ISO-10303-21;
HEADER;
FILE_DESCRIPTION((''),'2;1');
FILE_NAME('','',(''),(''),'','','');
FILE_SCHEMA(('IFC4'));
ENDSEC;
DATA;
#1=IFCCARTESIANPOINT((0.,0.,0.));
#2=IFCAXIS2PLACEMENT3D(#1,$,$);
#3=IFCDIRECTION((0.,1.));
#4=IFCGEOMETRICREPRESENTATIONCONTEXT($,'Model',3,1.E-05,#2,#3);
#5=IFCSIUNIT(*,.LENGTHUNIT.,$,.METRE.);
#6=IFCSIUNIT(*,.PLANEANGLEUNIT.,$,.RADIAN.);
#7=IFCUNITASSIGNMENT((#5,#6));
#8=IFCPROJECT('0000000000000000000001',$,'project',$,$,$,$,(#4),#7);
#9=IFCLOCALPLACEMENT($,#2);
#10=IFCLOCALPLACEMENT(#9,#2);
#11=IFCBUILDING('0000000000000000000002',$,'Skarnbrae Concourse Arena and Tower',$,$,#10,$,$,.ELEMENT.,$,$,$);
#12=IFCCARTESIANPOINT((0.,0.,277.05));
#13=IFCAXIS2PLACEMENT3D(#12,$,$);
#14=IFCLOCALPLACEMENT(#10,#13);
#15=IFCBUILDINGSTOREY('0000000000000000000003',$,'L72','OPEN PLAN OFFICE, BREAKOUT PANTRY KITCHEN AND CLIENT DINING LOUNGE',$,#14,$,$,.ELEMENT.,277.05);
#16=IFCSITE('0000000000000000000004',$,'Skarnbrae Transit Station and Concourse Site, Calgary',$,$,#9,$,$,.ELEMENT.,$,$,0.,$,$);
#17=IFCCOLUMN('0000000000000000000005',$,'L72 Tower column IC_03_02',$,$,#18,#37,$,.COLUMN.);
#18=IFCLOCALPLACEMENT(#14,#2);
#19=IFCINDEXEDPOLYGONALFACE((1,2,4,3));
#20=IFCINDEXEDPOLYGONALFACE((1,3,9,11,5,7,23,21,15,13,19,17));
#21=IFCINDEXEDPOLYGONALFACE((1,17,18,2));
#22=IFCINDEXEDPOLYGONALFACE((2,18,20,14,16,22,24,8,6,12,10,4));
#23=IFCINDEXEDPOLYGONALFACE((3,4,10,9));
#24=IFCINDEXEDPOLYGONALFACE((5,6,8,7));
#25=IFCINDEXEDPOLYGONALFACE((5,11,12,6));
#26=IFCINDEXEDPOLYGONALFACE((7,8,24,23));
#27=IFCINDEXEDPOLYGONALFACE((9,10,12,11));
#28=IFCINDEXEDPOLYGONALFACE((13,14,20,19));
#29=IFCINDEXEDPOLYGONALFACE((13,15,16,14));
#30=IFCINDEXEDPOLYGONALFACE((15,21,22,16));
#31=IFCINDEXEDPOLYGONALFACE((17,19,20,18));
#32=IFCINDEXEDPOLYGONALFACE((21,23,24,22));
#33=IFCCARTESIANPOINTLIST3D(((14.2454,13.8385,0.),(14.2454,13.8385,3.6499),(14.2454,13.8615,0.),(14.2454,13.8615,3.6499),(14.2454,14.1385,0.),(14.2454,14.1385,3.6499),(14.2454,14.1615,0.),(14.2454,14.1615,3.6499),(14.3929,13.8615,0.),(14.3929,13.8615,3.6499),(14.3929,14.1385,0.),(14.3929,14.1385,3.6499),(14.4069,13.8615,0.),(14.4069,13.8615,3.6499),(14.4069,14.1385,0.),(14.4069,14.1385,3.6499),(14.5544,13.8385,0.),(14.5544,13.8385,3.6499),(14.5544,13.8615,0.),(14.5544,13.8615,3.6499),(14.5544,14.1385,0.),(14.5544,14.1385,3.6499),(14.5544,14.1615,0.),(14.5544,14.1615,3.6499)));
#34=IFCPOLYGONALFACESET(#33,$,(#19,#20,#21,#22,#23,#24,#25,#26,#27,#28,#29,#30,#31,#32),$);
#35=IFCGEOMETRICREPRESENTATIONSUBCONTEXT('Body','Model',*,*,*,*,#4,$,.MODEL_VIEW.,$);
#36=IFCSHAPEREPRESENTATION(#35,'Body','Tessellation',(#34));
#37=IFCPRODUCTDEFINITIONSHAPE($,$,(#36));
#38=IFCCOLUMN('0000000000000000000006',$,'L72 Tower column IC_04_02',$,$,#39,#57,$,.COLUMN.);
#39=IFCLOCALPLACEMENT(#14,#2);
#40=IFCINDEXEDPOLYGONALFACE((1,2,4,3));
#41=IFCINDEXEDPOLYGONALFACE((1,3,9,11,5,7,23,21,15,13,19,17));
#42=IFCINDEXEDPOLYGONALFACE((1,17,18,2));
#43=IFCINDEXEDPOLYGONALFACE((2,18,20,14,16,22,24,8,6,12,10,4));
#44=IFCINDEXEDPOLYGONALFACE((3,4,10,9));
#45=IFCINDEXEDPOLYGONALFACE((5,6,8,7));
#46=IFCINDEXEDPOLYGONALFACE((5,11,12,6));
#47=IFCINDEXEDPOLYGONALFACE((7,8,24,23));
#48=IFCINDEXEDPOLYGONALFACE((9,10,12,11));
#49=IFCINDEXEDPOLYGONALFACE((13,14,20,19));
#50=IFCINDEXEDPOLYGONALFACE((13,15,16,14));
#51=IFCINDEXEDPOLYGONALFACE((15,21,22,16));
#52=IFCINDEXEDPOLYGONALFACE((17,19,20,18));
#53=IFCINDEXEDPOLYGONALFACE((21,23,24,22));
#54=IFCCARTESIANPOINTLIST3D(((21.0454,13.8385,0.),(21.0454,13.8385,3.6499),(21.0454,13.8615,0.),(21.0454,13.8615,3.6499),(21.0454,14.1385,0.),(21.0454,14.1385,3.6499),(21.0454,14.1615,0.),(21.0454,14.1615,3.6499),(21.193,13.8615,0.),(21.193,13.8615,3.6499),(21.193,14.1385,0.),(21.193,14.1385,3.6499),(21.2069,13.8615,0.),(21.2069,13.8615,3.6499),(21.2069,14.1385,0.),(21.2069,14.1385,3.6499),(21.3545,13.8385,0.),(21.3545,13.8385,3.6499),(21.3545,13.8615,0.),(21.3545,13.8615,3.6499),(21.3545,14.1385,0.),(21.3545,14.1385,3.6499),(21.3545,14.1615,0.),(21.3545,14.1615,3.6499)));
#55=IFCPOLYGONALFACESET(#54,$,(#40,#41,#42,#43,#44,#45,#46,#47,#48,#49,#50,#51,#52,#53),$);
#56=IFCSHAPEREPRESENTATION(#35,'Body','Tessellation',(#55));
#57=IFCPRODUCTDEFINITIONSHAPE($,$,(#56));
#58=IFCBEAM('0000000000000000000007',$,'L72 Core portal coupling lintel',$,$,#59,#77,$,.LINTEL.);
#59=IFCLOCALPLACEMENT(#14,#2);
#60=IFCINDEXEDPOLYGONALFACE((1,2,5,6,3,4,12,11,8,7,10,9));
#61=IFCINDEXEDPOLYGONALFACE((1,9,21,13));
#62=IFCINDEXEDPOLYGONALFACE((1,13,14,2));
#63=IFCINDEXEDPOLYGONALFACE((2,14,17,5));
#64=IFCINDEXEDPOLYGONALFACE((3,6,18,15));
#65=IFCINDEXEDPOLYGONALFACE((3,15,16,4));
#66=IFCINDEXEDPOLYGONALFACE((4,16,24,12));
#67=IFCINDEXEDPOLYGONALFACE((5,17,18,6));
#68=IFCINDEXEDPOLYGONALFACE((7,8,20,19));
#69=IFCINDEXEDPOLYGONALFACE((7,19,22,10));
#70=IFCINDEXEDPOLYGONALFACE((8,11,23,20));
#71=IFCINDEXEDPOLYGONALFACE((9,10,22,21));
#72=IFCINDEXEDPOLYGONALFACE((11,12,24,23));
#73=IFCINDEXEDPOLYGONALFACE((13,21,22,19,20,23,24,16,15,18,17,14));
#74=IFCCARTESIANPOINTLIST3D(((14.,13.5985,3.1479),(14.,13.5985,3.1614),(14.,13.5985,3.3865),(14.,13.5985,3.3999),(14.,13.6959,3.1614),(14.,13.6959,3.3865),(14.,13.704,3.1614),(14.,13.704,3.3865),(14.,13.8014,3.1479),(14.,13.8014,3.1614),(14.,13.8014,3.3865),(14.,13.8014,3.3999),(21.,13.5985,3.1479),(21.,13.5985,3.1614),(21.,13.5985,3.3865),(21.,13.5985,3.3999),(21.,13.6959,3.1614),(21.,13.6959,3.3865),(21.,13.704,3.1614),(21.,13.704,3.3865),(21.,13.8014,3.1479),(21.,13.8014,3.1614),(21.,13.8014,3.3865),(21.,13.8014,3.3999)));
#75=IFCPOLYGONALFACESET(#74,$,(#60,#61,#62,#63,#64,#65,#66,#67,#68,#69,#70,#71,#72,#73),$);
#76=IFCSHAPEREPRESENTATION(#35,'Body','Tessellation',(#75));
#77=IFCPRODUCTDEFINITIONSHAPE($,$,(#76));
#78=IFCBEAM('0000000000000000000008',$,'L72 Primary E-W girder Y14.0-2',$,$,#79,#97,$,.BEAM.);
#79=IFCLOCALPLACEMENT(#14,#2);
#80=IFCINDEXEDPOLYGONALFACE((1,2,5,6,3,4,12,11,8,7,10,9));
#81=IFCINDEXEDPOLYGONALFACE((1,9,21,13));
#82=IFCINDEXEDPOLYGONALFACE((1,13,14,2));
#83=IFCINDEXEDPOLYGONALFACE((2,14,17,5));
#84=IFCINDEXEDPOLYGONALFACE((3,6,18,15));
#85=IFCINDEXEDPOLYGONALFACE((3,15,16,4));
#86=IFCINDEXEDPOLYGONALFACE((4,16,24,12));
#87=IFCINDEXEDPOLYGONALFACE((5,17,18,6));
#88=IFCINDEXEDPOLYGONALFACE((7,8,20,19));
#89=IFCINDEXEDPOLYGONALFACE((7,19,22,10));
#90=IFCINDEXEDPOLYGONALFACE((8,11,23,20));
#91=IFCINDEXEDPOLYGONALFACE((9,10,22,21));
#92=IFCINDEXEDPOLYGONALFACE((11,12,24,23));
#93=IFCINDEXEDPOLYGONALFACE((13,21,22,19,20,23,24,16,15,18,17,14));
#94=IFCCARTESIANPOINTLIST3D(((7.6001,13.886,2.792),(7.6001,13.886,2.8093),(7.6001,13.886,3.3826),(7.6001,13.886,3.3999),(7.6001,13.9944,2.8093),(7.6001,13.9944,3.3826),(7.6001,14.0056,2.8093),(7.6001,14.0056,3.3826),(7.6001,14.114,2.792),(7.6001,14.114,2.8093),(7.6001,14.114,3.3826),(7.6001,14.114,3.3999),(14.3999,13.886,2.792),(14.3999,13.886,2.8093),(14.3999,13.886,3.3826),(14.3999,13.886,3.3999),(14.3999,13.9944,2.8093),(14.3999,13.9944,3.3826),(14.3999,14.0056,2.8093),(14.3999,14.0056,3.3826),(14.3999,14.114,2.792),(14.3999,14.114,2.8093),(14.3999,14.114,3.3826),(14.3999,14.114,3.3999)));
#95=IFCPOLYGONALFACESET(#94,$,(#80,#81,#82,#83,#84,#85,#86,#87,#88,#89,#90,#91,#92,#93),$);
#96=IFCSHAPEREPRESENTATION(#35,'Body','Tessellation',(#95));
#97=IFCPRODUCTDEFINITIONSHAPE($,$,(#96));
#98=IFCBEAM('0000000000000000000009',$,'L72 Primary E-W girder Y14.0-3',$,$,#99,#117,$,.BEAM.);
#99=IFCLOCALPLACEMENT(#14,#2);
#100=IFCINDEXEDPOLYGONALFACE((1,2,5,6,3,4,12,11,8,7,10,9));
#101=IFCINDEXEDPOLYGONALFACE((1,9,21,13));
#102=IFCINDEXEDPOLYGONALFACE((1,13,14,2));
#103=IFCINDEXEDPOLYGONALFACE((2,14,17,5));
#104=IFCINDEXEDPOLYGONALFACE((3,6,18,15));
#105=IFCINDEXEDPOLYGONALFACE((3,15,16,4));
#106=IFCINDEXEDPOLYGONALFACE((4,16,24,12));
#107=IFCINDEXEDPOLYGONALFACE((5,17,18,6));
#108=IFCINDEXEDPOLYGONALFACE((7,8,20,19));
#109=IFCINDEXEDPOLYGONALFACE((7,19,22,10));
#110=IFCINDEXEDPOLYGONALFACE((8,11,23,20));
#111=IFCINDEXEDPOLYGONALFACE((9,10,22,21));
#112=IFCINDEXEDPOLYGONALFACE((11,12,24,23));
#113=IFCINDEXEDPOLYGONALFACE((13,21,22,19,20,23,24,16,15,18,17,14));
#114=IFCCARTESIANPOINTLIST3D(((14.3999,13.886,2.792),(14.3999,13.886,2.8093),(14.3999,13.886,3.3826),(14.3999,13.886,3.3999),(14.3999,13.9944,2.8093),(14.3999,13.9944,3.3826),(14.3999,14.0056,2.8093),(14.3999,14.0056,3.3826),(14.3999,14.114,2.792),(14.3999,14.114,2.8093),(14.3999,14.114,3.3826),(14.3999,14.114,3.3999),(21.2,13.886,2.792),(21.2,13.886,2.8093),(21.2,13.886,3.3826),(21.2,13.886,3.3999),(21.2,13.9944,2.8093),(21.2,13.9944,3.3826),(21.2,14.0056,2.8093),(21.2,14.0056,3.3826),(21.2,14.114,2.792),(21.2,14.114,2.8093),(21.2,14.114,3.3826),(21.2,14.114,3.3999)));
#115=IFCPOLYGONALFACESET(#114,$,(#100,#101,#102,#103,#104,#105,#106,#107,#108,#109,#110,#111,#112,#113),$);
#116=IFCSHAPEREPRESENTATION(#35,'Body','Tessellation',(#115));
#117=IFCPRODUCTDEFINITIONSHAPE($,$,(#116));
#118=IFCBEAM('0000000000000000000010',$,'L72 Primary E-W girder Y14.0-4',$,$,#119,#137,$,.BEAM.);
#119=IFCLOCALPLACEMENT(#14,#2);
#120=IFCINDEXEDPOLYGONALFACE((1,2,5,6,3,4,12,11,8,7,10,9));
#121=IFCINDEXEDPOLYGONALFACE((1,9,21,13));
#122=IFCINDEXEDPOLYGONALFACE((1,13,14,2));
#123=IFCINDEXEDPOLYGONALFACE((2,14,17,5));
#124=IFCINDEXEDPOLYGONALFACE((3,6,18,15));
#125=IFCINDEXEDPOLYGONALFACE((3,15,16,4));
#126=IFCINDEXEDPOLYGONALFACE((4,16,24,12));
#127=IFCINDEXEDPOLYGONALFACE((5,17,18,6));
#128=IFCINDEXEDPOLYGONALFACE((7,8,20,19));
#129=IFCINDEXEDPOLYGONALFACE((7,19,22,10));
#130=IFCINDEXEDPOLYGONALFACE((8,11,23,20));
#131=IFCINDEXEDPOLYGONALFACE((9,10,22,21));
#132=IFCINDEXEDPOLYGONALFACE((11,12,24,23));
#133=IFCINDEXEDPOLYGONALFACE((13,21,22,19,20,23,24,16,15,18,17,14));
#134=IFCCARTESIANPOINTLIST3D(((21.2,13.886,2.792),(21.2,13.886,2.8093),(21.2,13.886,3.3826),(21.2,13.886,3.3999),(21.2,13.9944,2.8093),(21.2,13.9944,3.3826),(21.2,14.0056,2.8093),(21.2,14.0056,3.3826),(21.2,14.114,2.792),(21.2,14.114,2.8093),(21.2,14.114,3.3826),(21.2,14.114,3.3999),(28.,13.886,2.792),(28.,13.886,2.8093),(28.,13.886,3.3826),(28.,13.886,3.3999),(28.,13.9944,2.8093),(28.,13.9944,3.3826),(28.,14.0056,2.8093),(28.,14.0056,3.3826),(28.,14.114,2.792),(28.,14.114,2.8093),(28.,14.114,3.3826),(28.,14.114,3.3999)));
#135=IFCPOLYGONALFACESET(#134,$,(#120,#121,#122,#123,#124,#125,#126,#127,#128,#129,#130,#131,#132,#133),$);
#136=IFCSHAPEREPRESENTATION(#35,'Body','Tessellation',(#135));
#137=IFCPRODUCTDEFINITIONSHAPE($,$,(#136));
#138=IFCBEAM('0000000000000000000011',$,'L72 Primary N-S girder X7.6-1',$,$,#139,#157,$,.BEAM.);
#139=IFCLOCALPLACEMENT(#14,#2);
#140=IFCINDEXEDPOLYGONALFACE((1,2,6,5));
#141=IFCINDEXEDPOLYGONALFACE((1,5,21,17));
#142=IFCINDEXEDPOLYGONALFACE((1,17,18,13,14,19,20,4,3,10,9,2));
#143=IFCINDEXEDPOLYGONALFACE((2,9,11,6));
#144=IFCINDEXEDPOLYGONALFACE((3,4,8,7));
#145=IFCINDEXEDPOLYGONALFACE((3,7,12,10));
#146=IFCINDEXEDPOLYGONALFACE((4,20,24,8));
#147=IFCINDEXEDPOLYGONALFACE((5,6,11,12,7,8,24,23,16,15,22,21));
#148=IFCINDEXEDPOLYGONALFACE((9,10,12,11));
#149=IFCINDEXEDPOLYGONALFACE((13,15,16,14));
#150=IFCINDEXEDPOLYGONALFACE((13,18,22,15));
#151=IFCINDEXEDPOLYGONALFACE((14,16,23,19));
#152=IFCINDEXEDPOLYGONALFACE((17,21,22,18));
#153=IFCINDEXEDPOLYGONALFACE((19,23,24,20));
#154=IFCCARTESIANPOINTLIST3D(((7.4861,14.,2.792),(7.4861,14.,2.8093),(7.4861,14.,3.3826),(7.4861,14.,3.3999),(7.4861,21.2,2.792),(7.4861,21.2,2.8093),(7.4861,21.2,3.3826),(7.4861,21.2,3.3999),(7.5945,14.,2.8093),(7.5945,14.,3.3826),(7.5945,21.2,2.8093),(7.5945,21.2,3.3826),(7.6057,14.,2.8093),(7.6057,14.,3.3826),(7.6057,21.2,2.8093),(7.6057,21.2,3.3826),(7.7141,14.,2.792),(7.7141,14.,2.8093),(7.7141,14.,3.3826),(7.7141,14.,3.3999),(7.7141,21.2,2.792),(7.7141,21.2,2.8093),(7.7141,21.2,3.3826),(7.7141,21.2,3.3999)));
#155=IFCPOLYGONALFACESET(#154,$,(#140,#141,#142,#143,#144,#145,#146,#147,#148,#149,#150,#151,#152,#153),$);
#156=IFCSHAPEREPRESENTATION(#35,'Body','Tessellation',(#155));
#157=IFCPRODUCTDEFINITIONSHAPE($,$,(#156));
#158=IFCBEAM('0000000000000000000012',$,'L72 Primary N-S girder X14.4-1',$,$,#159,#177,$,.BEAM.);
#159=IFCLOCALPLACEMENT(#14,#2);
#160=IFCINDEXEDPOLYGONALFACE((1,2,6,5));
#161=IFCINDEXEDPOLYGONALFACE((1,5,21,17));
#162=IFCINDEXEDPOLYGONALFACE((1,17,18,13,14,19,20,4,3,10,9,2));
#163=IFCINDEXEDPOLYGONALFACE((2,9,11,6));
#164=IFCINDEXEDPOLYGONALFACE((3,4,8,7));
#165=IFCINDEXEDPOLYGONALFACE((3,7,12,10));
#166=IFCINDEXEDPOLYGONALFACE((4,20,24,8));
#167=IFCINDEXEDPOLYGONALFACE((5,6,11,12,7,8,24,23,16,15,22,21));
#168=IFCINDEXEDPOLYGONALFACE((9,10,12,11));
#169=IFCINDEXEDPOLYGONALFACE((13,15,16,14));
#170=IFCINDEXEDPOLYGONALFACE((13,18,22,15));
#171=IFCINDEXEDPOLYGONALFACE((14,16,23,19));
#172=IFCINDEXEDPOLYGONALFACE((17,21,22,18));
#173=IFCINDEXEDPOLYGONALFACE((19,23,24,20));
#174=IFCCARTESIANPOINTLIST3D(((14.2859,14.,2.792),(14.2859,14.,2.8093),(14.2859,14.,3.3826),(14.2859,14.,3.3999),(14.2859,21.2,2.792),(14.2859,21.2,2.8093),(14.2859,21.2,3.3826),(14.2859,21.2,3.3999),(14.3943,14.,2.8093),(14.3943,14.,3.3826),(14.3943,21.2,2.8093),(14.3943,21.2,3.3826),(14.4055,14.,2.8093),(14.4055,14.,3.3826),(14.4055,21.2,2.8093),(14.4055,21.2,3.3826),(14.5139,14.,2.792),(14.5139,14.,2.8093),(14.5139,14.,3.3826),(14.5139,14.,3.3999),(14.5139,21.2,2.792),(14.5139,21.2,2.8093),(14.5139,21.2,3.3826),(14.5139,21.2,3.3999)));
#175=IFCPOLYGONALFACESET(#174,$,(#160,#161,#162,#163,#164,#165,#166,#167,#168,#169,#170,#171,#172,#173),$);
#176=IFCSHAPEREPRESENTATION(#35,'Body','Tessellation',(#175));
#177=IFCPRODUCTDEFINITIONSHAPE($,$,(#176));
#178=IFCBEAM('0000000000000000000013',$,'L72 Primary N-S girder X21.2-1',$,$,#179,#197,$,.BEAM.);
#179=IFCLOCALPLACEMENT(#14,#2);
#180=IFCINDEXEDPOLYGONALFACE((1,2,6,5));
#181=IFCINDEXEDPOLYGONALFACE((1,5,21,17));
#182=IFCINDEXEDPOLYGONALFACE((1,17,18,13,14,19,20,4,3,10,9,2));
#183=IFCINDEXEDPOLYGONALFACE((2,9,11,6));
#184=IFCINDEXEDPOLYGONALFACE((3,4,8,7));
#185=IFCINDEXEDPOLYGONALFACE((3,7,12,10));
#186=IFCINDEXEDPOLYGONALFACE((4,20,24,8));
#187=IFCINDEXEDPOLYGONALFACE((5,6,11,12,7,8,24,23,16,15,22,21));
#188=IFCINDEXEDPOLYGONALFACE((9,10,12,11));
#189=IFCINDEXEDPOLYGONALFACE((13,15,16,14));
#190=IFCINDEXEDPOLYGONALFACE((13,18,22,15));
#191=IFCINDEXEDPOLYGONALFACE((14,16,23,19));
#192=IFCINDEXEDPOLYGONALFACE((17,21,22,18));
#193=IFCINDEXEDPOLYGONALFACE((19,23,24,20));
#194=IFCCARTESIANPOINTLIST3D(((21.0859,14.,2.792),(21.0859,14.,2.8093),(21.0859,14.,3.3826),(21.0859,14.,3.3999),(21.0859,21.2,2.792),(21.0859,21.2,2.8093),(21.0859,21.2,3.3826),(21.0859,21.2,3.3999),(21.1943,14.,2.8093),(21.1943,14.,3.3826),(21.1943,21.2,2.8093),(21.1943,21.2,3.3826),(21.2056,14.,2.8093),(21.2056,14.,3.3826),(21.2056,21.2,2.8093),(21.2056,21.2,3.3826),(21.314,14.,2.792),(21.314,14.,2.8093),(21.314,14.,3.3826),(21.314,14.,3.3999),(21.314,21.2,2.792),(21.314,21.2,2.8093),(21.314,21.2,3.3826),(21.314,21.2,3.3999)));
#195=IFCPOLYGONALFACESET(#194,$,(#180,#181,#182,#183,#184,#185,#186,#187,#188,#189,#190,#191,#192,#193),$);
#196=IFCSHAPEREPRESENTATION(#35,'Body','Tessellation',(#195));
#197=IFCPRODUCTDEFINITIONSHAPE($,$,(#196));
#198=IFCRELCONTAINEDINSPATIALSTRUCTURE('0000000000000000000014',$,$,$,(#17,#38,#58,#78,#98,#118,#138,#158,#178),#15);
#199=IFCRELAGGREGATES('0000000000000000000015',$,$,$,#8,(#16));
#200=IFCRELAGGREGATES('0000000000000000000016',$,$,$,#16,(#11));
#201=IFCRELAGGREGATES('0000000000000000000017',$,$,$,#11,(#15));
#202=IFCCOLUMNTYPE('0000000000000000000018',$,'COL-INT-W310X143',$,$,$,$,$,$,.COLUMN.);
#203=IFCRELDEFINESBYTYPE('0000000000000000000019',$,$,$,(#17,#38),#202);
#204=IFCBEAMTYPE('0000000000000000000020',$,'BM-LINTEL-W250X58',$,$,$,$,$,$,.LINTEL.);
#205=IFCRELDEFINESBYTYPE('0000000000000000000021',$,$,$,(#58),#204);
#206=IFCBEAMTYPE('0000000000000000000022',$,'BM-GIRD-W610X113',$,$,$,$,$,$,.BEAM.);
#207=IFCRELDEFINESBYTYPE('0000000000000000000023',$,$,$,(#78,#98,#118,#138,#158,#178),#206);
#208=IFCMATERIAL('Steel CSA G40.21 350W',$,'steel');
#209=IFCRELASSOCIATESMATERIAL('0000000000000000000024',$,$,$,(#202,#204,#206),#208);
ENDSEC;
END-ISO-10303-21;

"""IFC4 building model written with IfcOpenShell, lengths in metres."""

from ifc_helpers import new_model, si_unit, direction, frame, origin, origin_2d, place, context, subcontext, project, spatial, i_section, extrude, source, transform, mapped, material, material_profile, profile_set, type_object, element, save


model = new_model("IFC4")

# Units and contexts
model_context = context("Model", 3, precision=1e-05, world=origin(), true_north=direction((0.0, 1.0)))
body_context = subcontext(model_context, "Body", "Model", "MODEL_VIEW")
ifc_project = project(units=[si_unit("LENGTHUNIT", "METRE"), si_unit("PLANEANGLEUNIT", "RADIAN")], contexts=[model_context])

# Site, building, storey
site_placement = place(None, origin())
site = spatial("IfcSite", under=ifc_project, at=site_placement, Name="Skarnbrae Transit Station and Concourse Site, Calgary", CompositionType="ELEMENT", RefElevation=0.0)
building_placement = place(site_placement, origin())
building = spatial("IfcBuilding", under=site, at=building_placement, Name="Skarnbrae Concourse Arena and Tower", CompositionType="ELEMENT")
storey_placement = place(building_placement, frame((0.0, 0.0, 277.05)))
storey = spatial("IfcBuildingStorey", under=building, at=storey_placement, Name="L72", Description="OPEN PLAN OFFICE, BREAKOUT PANTRY KITCHEN AND CLIENT DINING LOUNGE", CompositionType="ELEMENT", Elevation=277.05)

# Columns
ifc_material_1 = material(Name="Steel CSA G40.21 350W", Category="steel")
ifc_material_profile_1 = material_profile(ifc_material_1, i_section(OverallWidth=0.3091, OverallDepth=0.323, WebThickness=0.0139, FlangeThickness=0.0229, at=origin_2d()), Name="W310X143")
ifc_profile_set_1 = profile_set([ifc_material_profile_1], Name="Steel CSA G40.21 350W")
column_type = type_object("IfcColumnType", Name="COL-INT-W310X143", PredefinedType="COLUMN", material=ifc_profile_set_1)
shared_shape_1 = source(origin(), body_context, "Body", "SweptSolid", [
    extrude(i_section(OverallWidth=0.3091, OverallDepth=0.323, WebThickness=0.0139, FlangeThickness=0.0229, at=origin_2d()), origin(), (0.0, 0.0, 1.0), 3.6499),
])
for number, where, z_axis, x_axis, name in (
    (1, (14.3999, 14.0, 0.0), (0.0, 0.0, 1.0), (1.0, 0.0, 0.0), "L72 Tower column IC_03_02"),
    (2, (21.2, 14.0, 0.0), (0.0, 0.0, 1.0), (1.0, 0.0, 0.0), "L72 Tower column IC_04_02"),
):
    element("IfcColumn", number, at=place(storey_placement, frame(where, z_axis=z_axis, x_axis=x_axis)), inside=storey, type_object=column_type, Name=name, PredefinedType="COLUMN", context=body_context, shape_type="MappedRepresentation", body=[
        mapped(shared_shape_1, transform((0.0, 0.0, 0.0))),
    ])

# Beams
ifc_material_profile_2 = material_profile(ifc_material_1, i_section(OverallWidth=0.2029, OverallDepth=0.252, WebThickness=0.0081, FlangeThickness=0.0134, at=origin_2d()), Name="W250X58")
ifc_profile_set_2 = profile_set([ifc_material_profile_2], Name="Steel CSA G40.21 350W")
beam_type_1 = type_object("IfcBeamType", Name="BM-LINTEL-W250X58", PredefinedType="LINTEL", material=ifc_profile_set_2)
shared_shape_2 = source(origin(), body_context, "Body", "SweptSolid", [
    extrude(i_section(OverallWidth=0.2029, OverallDepth=0.252, WebThickness=0.0081, FlangeThickness=0.0134, at=origin_2d()), origin(), (0.0, 0.0, 1.0), 7.0),
])
beam_1_placement = place(storey_placement, frame((14.0, 13.7, 3.2739), z_axis=(1.0, 0.0, 0.0), x_axis=(0.0, 1.0, 0.0)))
element("IfcBeam", 3, at=beam_1_placement, inside=storey, type_object=beam_type_1, Name="L72 Core portal coupling lintel", PredefinedType="LINTEL", context=body_context, shape_type="MappedRepresentation", body=[
    mapped(shared_shape_2, transform((0.0, 0.0, 0.0))),
])
ifc_material_profile_3 = material_profile(ifc_material_1, i_section(OverallWidth=0.228, OverallDepth=0.6079, WebThickness=0.0112, FlangeThickness=0.0173, at=origin_2d()), Name="W610X113")
ifc_profile_set_3 = profile_set([ifc_material_profile_3], Name="Steel CSA G40.21 350W")
beam_type_2 = type_object("IfcBeamType", Name="BM-GIRD-W610X113", PredefinedType="BEAM", material=ifc_profile_set_3)
shared_shape_3 = source(origin(), body_context, "Body", "SweptSolid", [
    extrude(i_section(OverallWidth=0.228, OverallDepth=0.6079, WebThickness=0.0112, FlangeThickness=0.0173, at=origin_2d()), origin(), (0.0, 0.0, 1.0), 6.7998),
])
beam_2_placement = place(storey_placement, frame((7.6001, 14.0, 3.0959), z_axis=(1.0, 0.0, 0.0), x_axis=(0.0, 1.0, 0.0)))
element("IfcBeam", 4, at=beam_2_placement, inside=storey, type_object=beam_type_2, Name="L72 Primary E-W girder Y14.0-2", PredefinedType="BEAM", context=body_context, shape_type="MappedRepresentation", body=[
    mapped(shared_shape_3, transform((0.0, 0.0, 0.0))),
])
shared_shape_4 = source(origin(), body_context, "Body", "SweptSolid", [
    extrude(i_section(OverallWidth=0.228, OverallDepth=0.6079, WebThickness=0.0112, FlangeThickness=0.0173, at=origin_2d()), origin(), (0.0, 0.0, 1.0), 6.8),
])
for number, where, z_axis, x_axis, name in (
    (5, (14.3999, 14.0, 3.0959), (1.0, 0.0, 0.0), (0.0, 1.0, 0.0), "L72 Primary E-W girder Y14.0-3"),
    (6, (21.2, 14.0, 3.0959), (1.0, 0.0, 0.0), (0.0, 1.0, 0.0), "L72 Primary E-W girder Y14.0-4"),
):
    element("IfcBeam", number, at=place(storey_placement, frame(where, z_axis=z_axis, x_axis=x_axis)), inside=storey, type_object=beam_type_2, Name=name, PredefinedType="BEAM", context=body_context, shape_type="MappedRepresentation", body=[
        mapped(shared_shape_4, transform((0.0, 0.0, 0.0))),
    ])
shared_shape_5 = source(origin(), body_context, "Body", "SweptSolid", [
    extrude(i_section(OverallWidth=0.228, OverallDepth=0.6079, WebThickness=0.0112, FlangeThickness=0.0173, at=origin_2d()), origin(), (0.0, 0.0, 1.0), 7.2),
])
for number, where, z_axis, x_axis, name in (
    (7, (7.6001, 14.0, 3.0959), (0.0, 1.0, 0.0), (-1.0, 0.0, 0.0), "L72 Primary N-S girder X7.6-1"),
    (8, (14.3999, 14.0, 3.0959), (0.0, 1.0, 0.0), (-1.0, 0.0, 0.0), "L72 Primary N-S girder X14.4-1"),
    (9, (21.2, 14.0, 3.0959), (0.0, 1.0, 0.0), (-1.0, 0.0, 0.0), "L72 Primary N-S girder X21.2-1"),
):
    element("IfcBeam", number, at=place(storey_placement, frame(where, z_axis=z_axis, x_axis=x_axis)), inside=storey, type_object=beam_type_2, Name=name, PredefinedType="BEAM", context=body_context, shape_type="MappedRepresentation", body=[
        mapped(shared_shape_5, transform((0.0, 0.0, 0.0))),
    ])

save(model, "model.ifc")
